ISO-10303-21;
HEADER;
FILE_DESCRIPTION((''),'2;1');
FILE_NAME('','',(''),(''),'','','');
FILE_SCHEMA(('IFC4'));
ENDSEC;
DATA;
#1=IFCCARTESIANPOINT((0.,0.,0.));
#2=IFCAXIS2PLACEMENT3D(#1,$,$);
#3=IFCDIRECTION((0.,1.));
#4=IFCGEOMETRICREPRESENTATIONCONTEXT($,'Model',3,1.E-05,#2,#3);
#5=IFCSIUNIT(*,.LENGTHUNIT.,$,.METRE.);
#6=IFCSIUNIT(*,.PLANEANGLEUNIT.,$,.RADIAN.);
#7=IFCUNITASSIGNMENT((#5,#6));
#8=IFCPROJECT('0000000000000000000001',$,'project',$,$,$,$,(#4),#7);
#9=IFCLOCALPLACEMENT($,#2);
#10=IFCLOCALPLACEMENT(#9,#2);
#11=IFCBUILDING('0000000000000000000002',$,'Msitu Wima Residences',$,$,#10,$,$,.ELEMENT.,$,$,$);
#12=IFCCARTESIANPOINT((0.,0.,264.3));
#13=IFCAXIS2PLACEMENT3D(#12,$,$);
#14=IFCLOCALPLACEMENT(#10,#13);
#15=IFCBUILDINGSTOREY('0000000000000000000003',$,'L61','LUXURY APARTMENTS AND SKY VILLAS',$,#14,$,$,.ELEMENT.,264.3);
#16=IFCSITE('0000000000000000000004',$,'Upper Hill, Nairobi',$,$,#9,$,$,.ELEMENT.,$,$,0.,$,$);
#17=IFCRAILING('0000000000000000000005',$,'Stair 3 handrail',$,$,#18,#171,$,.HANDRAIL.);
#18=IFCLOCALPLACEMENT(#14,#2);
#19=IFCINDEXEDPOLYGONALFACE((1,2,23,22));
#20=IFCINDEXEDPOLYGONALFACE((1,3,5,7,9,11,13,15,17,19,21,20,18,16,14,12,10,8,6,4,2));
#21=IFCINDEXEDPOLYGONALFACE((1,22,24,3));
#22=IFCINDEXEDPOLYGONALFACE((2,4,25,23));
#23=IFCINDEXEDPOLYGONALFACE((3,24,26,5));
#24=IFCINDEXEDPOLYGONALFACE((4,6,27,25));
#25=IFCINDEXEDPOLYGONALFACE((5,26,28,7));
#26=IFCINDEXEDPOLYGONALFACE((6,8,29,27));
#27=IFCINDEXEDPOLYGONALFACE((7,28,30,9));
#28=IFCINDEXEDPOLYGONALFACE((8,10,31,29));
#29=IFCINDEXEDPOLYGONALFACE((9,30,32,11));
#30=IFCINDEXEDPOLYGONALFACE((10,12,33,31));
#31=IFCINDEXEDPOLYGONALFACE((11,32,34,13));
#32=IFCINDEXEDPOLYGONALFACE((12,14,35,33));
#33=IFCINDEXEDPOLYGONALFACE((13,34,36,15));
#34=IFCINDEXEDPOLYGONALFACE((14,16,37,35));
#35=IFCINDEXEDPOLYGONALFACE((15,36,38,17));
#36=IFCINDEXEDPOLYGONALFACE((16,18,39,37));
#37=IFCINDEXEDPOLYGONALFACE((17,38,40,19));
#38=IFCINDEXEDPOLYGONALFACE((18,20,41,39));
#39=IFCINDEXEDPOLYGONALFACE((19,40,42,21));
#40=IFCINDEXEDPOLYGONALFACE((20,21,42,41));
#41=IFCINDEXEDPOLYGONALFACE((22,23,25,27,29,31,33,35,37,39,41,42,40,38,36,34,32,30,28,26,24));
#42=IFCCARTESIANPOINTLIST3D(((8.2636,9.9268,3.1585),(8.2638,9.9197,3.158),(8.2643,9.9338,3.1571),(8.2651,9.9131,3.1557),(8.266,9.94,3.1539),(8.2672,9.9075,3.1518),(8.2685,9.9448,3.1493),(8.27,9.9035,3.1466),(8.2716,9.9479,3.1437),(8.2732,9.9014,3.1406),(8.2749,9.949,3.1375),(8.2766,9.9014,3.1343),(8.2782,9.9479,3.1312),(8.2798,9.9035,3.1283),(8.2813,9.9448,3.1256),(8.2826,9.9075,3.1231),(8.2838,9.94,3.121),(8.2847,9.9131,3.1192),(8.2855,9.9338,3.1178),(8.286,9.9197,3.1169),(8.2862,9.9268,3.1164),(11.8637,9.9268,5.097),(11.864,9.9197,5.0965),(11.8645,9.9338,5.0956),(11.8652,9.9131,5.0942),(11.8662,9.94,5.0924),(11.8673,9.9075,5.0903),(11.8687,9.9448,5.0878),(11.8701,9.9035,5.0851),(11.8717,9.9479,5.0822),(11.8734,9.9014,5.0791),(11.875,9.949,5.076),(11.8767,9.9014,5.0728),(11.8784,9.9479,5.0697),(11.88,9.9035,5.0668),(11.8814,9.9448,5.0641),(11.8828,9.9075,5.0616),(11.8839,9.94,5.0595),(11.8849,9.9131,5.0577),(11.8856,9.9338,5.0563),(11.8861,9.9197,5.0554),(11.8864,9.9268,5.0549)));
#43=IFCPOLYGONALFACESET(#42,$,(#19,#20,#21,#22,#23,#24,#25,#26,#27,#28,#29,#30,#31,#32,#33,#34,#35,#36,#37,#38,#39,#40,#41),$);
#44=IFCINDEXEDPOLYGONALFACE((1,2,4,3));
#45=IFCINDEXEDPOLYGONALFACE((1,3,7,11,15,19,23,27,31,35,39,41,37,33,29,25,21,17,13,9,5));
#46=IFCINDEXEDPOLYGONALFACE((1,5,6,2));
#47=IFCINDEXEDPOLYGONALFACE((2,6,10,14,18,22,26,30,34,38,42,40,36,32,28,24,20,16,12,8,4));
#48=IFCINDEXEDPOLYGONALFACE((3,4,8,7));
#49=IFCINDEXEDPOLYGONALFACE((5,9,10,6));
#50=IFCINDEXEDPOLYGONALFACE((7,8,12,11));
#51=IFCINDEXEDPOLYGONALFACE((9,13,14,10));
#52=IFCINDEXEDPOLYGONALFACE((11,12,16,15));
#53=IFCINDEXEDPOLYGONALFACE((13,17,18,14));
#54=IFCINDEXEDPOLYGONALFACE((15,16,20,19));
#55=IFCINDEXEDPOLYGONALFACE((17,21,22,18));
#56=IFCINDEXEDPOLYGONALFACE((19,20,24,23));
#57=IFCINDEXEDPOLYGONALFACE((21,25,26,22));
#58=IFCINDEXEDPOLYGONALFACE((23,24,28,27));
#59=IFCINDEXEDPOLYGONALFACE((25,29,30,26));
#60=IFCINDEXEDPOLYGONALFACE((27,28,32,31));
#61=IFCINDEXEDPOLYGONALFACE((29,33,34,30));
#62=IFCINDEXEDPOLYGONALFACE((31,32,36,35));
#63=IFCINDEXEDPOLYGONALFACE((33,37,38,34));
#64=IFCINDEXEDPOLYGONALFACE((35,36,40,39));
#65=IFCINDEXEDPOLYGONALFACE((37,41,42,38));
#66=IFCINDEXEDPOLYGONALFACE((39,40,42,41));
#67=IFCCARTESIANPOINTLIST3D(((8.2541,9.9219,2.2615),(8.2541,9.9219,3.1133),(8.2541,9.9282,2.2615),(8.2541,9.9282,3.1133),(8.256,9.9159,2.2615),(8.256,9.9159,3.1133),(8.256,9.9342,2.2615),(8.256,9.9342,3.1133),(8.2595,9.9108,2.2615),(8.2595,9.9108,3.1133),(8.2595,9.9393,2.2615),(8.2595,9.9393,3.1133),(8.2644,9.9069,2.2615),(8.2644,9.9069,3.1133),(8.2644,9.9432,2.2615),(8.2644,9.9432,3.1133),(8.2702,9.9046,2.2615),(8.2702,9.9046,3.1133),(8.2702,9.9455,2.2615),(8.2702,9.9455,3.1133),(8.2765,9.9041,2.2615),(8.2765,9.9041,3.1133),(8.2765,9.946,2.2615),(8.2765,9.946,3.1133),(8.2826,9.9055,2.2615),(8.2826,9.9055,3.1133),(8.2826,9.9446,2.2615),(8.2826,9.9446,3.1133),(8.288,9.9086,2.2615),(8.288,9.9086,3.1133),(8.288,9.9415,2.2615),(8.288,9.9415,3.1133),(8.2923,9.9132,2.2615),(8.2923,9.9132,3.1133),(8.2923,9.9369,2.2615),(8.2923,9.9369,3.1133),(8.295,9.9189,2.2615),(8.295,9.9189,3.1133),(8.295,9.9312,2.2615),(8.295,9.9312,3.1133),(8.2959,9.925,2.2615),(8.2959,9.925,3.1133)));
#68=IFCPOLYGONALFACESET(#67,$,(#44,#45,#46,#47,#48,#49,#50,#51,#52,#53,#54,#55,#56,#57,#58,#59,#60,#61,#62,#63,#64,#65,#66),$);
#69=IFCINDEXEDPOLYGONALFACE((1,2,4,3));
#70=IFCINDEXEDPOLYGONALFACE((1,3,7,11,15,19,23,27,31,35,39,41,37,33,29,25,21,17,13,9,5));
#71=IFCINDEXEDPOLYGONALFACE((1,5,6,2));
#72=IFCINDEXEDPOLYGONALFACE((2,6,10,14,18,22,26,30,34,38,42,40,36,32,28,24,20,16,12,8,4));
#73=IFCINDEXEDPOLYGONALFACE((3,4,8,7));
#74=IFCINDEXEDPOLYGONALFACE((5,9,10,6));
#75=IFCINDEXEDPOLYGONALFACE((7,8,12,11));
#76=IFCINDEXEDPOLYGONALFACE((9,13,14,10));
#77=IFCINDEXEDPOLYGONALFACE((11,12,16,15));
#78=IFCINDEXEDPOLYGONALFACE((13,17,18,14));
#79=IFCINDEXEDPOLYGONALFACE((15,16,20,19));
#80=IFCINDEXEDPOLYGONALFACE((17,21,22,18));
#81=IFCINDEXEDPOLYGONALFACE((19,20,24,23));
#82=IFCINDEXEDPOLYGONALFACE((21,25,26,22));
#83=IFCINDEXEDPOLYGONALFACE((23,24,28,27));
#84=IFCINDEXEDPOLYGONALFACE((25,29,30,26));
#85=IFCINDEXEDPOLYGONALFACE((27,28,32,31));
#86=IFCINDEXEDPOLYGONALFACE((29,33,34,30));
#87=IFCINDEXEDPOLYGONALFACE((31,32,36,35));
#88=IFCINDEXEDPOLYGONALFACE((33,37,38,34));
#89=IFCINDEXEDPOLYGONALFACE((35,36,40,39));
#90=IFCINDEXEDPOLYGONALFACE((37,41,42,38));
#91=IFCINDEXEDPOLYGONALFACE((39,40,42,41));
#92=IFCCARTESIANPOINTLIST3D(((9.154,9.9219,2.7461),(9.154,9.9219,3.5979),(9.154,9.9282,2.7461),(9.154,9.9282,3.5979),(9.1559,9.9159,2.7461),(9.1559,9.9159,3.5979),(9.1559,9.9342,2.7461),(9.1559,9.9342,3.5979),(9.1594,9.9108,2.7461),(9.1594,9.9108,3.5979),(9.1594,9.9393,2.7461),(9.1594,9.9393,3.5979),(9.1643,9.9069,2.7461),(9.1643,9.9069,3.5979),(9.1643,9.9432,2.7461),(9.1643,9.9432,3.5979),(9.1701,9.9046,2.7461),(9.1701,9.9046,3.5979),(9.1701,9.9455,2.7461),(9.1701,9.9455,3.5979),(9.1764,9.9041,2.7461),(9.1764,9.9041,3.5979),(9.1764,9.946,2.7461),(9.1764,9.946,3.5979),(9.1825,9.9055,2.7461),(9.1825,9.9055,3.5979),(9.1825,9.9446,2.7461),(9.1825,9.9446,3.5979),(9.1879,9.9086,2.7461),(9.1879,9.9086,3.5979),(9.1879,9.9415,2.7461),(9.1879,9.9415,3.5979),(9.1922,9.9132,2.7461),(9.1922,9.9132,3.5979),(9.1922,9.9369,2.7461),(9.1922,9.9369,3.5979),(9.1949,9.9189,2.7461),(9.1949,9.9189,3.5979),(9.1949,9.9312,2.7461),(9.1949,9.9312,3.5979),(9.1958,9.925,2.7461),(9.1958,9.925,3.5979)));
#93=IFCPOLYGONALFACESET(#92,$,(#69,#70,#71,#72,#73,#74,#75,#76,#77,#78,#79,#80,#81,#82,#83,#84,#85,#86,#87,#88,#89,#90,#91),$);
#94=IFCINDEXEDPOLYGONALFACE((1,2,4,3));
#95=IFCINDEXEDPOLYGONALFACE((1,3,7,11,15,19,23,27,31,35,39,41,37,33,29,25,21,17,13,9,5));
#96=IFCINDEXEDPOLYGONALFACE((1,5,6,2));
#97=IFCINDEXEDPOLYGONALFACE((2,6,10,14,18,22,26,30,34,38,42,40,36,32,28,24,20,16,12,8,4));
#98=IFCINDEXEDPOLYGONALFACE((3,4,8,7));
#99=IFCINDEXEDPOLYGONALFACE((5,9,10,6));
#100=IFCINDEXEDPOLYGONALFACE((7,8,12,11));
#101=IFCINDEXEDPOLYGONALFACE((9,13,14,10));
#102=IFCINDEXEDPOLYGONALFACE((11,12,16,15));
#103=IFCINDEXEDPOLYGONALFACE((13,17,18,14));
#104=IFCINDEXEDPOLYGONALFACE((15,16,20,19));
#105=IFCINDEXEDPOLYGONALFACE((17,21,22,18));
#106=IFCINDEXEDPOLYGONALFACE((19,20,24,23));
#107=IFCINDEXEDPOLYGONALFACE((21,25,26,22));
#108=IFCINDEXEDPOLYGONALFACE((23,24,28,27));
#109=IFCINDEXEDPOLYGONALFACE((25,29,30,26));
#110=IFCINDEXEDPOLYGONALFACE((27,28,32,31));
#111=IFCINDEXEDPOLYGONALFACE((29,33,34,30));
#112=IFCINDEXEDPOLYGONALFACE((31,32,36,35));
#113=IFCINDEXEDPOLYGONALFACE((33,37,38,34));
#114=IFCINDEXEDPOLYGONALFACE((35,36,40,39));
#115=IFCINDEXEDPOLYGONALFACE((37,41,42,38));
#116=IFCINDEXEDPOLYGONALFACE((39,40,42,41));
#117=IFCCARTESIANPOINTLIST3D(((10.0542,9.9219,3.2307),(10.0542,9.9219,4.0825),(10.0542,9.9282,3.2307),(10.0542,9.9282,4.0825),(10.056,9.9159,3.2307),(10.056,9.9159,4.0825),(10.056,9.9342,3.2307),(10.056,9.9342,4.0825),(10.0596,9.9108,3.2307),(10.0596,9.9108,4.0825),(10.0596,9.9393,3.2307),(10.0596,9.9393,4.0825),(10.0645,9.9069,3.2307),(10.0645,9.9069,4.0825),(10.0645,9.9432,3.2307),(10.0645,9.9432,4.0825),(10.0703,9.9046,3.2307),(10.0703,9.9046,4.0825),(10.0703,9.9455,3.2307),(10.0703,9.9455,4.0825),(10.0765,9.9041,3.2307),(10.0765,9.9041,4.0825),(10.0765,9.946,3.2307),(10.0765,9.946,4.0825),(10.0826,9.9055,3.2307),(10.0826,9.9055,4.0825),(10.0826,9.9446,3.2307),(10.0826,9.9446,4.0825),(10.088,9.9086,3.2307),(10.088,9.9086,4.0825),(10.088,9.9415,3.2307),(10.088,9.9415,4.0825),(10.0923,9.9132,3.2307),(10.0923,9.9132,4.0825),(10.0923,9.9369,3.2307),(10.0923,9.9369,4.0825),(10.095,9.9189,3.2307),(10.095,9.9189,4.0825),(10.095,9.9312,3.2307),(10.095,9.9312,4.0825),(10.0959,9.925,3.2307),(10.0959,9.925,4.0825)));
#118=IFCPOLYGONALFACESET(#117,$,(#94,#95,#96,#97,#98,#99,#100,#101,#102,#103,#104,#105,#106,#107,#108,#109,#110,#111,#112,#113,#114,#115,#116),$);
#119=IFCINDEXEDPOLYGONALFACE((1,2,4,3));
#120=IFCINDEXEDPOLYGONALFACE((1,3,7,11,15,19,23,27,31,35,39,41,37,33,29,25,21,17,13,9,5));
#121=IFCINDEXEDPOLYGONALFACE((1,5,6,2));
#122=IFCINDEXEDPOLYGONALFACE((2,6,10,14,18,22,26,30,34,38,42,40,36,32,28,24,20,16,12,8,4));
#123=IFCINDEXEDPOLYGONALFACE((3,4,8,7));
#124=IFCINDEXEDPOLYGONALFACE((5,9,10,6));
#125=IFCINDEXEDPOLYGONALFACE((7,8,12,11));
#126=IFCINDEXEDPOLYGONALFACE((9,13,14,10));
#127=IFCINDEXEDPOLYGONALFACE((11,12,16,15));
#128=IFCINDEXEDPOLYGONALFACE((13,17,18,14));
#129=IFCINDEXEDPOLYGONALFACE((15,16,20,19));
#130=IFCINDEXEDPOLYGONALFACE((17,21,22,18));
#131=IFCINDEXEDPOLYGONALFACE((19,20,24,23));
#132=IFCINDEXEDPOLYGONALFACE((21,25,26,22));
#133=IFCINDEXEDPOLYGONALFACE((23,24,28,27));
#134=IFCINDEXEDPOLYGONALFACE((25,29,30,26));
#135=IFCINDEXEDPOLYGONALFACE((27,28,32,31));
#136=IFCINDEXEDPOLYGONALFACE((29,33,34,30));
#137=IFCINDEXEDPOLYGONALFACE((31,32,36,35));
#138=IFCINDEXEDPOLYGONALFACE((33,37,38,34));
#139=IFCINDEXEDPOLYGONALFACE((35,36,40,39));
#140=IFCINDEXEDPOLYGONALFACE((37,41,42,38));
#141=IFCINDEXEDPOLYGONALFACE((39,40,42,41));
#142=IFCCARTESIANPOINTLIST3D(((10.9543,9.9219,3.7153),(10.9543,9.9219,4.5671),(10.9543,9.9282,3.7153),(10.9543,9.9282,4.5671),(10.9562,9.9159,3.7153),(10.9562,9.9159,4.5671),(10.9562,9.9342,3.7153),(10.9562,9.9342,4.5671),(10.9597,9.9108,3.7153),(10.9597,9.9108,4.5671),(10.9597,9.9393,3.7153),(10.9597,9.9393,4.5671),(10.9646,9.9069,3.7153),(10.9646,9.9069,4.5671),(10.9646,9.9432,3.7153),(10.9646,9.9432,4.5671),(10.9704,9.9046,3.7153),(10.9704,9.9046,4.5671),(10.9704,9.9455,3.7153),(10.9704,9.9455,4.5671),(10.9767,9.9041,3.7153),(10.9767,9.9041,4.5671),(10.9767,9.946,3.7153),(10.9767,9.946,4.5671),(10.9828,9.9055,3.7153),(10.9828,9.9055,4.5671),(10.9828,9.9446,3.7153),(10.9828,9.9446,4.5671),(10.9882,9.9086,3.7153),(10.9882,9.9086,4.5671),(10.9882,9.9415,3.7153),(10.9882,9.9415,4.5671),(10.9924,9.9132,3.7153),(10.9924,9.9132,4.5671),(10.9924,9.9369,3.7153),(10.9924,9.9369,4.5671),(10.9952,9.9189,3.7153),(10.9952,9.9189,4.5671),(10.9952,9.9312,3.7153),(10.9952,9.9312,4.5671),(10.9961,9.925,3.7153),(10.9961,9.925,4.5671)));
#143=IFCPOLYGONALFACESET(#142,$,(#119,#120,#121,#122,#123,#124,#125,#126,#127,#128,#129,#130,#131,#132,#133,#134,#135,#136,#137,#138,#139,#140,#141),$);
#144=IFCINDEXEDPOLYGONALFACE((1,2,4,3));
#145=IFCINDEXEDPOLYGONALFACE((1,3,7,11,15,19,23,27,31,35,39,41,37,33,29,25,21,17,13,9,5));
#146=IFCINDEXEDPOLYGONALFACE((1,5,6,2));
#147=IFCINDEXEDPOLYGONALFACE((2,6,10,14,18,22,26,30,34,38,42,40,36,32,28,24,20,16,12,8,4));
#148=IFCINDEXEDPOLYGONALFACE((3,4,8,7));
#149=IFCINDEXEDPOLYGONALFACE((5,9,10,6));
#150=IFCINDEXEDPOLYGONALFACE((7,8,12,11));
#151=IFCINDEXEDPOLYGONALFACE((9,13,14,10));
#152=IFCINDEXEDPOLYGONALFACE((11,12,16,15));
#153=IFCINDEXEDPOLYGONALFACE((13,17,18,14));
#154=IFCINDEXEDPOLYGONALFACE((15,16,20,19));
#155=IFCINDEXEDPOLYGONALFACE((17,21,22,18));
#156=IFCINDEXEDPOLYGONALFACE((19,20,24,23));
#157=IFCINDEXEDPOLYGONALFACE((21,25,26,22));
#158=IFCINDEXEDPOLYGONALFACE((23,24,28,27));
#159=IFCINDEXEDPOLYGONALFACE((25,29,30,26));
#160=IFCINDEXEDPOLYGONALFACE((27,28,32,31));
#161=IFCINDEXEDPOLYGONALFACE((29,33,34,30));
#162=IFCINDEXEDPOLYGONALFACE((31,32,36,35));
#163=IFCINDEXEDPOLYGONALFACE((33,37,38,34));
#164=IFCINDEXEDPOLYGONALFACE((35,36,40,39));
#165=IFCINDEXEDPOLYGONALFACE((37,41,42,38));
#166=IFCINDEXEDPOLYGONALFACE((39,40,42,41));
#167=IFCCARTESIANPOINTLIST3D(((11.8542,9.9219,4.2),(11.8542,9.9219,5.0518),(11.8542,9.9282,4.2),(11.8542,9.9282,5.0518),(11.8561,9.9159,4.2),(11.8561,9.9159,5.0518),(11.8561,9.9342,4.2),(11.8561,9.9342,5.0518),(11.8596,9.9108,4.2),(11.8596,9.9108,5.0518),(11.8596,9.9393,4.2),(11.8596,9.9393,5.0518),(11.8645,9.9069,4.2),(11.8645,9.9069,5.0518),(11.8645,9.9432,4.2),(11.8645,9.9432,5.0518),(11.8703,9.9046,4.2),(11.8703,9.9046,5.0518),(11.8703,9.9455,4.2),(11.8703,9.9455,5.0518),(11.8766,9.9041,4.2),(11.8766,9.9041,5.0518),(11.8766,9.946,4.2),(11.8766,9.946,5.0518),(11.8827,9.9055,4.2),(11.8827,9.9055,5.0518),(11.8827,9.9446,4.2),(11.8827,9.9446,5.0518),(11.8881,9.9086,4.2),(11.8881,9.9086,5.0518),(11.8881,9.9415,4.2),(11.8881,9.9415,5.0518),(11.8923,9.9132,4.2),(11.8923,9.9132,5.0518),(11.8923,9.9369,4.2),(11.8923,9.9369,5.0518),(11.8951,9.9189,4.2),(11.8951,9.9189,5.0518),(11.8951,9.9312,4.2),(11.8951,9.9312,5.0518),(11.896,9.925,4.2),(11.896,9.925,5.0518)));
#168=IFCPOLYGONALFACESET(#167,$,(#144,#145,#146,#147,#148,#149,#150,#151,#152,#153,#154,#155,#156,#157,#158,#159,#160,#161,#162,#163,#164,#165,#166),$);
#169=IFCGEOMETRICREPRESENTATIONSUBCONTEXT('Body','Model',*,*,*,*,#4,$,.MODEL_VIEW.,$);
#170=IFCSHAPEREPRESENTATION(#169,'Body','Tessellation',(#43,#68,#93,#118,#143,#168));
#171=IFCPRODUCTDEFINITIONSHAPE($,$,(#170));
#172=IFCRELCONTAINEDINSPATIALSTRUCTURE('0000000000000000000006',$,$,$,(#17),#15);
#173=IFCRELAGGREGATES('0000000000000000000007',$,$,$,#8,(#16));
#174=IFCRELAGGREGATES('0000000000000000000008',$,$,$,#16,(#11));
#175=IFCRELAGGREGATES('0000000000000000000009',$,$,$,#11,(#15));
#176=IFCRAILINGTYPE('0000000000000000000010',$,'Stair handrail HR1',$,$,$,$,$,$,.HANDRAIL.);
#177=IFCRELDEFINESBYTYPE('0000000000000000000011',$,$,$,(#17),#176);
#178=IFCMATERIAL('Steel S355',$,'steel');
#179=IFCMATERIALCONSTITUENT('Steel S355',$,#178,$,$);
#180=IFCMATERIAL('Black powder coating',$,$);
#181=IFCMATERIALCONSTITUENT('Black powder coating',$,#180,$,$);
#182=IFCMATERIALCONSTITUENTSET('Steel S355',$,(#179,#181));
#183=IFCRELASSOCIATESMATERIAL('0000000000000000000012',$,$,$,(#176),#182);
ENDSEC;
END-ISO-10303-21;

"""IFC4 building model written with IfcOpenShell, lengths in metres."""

from ifc_helpers import new_model, si_unit, direction, frame, origin, origin_2d, place, context, subcontext, project, spatial, circle, extrude, material, constituent, constituent_set, type_object, element, save


model = new_model("IFC4")

# Units and contexts
model_context = context("Model", 3, precision=1e-05, world=origin(), true_north=direction((0.0, 1.0)))
body_context = subcontext(model_context, "Body", "Model", "MODEL_VIEW")
ifc_project = project(units=[si_unit("LENGTHUNIT", "METRE"), si_unit("PLANEANGLEUNIT", "RADIAN")], contexts=[model_context])

# Site, building, storey
site_placement = place(None, origin())
site = spatial("IfcSite", under=ifc_project, at=site_placement, Name="Upper Hill, Nairobi", CompositionType="ELEMENT", RefElevation=0.0)
building_placement = place(site_placement, origin())
building = spatial("IfcBuilding", under=site, at=building_placement, Name="Msitu Wima Residences", CompositionType="ELEMENT")
storey_placement = place(building_placement, frame((0.0, 0.0, 264.3)))
storey = spatial("IfcBuildingStorey", under=building, at=storey_placement, Name="L61", Description="LUXURY APARTMENTS AND SKY VILLAS", CompositionType="ELEMENT", Elevation=264.3)

# Railing
ifc_material_1 = material(Name="Steel S355", Category="steel")
ifc_constituent_1 = constituent(ifc_material_1, Name="Steel S355")
ifc_material_2 = material(Name="Black powder coating")
ifc_constituent_2 = constituent(ifc_material_2, Name="Black powder coating")
ifc_constituent_set = constituent_set(constituents=[ifc_constituent_1, ifc_constituent_2], Name="Steel S355")
railing_type = type_object("IfcRailingType", Name="Stair handrail HR1", PredefinedType="HANDRAIL", material=ifc_constituent_set)
railing_placement = place(storey_placement, frame((8.2749, 9.925, 2.2615)))
element("IfcRailing", 1, at=railing_placement, inside=storey, type_object=railing_type, Name="Stair 3 handrail", PredefinedType="HANDRAIL", context=body_context, shape_type="SweptSolid", body=[
    extrude(circle(Radius=0.0239, at=origin_2d()), frame((0.0, 0.0, 0.876), z_axis=(0.880475, 0.0, 0.474093), x_axis=(0.0, 1.0, 0.0)), (0.0, 0.0, 1.0), 4.0889),
    extrude(circle(Radius=0.021, at=origin_2d()), origin(), (0.0, 0.0, 1.0), 0.8518),
    extrude(circle(Radius=0.021, at=origin_2d()), frame((0.8999, 0.0, 0.4846)), (0.0, 0.0, 1.0), 0.8518),
    extrude(circle(Radius=0.021, at=origin_2d()), frame((1.8, 0.0, 0.9692)), (0.0, 0.0, 1.0), 0.8518),
    extrude(circle(Radius=0.021, at=origin_2d()), frame((2.7002, 0.0, 1.4539)), (0.0, 0.0, 1.0), 0.8518),
    extrude(circle(Radius=0.021, at=origin_2d()), frame((3.6001, 0.0, 1.9385)), (0.0, 0.0, 1.0), 0.8518),
])

save(model, "model.ifc")
